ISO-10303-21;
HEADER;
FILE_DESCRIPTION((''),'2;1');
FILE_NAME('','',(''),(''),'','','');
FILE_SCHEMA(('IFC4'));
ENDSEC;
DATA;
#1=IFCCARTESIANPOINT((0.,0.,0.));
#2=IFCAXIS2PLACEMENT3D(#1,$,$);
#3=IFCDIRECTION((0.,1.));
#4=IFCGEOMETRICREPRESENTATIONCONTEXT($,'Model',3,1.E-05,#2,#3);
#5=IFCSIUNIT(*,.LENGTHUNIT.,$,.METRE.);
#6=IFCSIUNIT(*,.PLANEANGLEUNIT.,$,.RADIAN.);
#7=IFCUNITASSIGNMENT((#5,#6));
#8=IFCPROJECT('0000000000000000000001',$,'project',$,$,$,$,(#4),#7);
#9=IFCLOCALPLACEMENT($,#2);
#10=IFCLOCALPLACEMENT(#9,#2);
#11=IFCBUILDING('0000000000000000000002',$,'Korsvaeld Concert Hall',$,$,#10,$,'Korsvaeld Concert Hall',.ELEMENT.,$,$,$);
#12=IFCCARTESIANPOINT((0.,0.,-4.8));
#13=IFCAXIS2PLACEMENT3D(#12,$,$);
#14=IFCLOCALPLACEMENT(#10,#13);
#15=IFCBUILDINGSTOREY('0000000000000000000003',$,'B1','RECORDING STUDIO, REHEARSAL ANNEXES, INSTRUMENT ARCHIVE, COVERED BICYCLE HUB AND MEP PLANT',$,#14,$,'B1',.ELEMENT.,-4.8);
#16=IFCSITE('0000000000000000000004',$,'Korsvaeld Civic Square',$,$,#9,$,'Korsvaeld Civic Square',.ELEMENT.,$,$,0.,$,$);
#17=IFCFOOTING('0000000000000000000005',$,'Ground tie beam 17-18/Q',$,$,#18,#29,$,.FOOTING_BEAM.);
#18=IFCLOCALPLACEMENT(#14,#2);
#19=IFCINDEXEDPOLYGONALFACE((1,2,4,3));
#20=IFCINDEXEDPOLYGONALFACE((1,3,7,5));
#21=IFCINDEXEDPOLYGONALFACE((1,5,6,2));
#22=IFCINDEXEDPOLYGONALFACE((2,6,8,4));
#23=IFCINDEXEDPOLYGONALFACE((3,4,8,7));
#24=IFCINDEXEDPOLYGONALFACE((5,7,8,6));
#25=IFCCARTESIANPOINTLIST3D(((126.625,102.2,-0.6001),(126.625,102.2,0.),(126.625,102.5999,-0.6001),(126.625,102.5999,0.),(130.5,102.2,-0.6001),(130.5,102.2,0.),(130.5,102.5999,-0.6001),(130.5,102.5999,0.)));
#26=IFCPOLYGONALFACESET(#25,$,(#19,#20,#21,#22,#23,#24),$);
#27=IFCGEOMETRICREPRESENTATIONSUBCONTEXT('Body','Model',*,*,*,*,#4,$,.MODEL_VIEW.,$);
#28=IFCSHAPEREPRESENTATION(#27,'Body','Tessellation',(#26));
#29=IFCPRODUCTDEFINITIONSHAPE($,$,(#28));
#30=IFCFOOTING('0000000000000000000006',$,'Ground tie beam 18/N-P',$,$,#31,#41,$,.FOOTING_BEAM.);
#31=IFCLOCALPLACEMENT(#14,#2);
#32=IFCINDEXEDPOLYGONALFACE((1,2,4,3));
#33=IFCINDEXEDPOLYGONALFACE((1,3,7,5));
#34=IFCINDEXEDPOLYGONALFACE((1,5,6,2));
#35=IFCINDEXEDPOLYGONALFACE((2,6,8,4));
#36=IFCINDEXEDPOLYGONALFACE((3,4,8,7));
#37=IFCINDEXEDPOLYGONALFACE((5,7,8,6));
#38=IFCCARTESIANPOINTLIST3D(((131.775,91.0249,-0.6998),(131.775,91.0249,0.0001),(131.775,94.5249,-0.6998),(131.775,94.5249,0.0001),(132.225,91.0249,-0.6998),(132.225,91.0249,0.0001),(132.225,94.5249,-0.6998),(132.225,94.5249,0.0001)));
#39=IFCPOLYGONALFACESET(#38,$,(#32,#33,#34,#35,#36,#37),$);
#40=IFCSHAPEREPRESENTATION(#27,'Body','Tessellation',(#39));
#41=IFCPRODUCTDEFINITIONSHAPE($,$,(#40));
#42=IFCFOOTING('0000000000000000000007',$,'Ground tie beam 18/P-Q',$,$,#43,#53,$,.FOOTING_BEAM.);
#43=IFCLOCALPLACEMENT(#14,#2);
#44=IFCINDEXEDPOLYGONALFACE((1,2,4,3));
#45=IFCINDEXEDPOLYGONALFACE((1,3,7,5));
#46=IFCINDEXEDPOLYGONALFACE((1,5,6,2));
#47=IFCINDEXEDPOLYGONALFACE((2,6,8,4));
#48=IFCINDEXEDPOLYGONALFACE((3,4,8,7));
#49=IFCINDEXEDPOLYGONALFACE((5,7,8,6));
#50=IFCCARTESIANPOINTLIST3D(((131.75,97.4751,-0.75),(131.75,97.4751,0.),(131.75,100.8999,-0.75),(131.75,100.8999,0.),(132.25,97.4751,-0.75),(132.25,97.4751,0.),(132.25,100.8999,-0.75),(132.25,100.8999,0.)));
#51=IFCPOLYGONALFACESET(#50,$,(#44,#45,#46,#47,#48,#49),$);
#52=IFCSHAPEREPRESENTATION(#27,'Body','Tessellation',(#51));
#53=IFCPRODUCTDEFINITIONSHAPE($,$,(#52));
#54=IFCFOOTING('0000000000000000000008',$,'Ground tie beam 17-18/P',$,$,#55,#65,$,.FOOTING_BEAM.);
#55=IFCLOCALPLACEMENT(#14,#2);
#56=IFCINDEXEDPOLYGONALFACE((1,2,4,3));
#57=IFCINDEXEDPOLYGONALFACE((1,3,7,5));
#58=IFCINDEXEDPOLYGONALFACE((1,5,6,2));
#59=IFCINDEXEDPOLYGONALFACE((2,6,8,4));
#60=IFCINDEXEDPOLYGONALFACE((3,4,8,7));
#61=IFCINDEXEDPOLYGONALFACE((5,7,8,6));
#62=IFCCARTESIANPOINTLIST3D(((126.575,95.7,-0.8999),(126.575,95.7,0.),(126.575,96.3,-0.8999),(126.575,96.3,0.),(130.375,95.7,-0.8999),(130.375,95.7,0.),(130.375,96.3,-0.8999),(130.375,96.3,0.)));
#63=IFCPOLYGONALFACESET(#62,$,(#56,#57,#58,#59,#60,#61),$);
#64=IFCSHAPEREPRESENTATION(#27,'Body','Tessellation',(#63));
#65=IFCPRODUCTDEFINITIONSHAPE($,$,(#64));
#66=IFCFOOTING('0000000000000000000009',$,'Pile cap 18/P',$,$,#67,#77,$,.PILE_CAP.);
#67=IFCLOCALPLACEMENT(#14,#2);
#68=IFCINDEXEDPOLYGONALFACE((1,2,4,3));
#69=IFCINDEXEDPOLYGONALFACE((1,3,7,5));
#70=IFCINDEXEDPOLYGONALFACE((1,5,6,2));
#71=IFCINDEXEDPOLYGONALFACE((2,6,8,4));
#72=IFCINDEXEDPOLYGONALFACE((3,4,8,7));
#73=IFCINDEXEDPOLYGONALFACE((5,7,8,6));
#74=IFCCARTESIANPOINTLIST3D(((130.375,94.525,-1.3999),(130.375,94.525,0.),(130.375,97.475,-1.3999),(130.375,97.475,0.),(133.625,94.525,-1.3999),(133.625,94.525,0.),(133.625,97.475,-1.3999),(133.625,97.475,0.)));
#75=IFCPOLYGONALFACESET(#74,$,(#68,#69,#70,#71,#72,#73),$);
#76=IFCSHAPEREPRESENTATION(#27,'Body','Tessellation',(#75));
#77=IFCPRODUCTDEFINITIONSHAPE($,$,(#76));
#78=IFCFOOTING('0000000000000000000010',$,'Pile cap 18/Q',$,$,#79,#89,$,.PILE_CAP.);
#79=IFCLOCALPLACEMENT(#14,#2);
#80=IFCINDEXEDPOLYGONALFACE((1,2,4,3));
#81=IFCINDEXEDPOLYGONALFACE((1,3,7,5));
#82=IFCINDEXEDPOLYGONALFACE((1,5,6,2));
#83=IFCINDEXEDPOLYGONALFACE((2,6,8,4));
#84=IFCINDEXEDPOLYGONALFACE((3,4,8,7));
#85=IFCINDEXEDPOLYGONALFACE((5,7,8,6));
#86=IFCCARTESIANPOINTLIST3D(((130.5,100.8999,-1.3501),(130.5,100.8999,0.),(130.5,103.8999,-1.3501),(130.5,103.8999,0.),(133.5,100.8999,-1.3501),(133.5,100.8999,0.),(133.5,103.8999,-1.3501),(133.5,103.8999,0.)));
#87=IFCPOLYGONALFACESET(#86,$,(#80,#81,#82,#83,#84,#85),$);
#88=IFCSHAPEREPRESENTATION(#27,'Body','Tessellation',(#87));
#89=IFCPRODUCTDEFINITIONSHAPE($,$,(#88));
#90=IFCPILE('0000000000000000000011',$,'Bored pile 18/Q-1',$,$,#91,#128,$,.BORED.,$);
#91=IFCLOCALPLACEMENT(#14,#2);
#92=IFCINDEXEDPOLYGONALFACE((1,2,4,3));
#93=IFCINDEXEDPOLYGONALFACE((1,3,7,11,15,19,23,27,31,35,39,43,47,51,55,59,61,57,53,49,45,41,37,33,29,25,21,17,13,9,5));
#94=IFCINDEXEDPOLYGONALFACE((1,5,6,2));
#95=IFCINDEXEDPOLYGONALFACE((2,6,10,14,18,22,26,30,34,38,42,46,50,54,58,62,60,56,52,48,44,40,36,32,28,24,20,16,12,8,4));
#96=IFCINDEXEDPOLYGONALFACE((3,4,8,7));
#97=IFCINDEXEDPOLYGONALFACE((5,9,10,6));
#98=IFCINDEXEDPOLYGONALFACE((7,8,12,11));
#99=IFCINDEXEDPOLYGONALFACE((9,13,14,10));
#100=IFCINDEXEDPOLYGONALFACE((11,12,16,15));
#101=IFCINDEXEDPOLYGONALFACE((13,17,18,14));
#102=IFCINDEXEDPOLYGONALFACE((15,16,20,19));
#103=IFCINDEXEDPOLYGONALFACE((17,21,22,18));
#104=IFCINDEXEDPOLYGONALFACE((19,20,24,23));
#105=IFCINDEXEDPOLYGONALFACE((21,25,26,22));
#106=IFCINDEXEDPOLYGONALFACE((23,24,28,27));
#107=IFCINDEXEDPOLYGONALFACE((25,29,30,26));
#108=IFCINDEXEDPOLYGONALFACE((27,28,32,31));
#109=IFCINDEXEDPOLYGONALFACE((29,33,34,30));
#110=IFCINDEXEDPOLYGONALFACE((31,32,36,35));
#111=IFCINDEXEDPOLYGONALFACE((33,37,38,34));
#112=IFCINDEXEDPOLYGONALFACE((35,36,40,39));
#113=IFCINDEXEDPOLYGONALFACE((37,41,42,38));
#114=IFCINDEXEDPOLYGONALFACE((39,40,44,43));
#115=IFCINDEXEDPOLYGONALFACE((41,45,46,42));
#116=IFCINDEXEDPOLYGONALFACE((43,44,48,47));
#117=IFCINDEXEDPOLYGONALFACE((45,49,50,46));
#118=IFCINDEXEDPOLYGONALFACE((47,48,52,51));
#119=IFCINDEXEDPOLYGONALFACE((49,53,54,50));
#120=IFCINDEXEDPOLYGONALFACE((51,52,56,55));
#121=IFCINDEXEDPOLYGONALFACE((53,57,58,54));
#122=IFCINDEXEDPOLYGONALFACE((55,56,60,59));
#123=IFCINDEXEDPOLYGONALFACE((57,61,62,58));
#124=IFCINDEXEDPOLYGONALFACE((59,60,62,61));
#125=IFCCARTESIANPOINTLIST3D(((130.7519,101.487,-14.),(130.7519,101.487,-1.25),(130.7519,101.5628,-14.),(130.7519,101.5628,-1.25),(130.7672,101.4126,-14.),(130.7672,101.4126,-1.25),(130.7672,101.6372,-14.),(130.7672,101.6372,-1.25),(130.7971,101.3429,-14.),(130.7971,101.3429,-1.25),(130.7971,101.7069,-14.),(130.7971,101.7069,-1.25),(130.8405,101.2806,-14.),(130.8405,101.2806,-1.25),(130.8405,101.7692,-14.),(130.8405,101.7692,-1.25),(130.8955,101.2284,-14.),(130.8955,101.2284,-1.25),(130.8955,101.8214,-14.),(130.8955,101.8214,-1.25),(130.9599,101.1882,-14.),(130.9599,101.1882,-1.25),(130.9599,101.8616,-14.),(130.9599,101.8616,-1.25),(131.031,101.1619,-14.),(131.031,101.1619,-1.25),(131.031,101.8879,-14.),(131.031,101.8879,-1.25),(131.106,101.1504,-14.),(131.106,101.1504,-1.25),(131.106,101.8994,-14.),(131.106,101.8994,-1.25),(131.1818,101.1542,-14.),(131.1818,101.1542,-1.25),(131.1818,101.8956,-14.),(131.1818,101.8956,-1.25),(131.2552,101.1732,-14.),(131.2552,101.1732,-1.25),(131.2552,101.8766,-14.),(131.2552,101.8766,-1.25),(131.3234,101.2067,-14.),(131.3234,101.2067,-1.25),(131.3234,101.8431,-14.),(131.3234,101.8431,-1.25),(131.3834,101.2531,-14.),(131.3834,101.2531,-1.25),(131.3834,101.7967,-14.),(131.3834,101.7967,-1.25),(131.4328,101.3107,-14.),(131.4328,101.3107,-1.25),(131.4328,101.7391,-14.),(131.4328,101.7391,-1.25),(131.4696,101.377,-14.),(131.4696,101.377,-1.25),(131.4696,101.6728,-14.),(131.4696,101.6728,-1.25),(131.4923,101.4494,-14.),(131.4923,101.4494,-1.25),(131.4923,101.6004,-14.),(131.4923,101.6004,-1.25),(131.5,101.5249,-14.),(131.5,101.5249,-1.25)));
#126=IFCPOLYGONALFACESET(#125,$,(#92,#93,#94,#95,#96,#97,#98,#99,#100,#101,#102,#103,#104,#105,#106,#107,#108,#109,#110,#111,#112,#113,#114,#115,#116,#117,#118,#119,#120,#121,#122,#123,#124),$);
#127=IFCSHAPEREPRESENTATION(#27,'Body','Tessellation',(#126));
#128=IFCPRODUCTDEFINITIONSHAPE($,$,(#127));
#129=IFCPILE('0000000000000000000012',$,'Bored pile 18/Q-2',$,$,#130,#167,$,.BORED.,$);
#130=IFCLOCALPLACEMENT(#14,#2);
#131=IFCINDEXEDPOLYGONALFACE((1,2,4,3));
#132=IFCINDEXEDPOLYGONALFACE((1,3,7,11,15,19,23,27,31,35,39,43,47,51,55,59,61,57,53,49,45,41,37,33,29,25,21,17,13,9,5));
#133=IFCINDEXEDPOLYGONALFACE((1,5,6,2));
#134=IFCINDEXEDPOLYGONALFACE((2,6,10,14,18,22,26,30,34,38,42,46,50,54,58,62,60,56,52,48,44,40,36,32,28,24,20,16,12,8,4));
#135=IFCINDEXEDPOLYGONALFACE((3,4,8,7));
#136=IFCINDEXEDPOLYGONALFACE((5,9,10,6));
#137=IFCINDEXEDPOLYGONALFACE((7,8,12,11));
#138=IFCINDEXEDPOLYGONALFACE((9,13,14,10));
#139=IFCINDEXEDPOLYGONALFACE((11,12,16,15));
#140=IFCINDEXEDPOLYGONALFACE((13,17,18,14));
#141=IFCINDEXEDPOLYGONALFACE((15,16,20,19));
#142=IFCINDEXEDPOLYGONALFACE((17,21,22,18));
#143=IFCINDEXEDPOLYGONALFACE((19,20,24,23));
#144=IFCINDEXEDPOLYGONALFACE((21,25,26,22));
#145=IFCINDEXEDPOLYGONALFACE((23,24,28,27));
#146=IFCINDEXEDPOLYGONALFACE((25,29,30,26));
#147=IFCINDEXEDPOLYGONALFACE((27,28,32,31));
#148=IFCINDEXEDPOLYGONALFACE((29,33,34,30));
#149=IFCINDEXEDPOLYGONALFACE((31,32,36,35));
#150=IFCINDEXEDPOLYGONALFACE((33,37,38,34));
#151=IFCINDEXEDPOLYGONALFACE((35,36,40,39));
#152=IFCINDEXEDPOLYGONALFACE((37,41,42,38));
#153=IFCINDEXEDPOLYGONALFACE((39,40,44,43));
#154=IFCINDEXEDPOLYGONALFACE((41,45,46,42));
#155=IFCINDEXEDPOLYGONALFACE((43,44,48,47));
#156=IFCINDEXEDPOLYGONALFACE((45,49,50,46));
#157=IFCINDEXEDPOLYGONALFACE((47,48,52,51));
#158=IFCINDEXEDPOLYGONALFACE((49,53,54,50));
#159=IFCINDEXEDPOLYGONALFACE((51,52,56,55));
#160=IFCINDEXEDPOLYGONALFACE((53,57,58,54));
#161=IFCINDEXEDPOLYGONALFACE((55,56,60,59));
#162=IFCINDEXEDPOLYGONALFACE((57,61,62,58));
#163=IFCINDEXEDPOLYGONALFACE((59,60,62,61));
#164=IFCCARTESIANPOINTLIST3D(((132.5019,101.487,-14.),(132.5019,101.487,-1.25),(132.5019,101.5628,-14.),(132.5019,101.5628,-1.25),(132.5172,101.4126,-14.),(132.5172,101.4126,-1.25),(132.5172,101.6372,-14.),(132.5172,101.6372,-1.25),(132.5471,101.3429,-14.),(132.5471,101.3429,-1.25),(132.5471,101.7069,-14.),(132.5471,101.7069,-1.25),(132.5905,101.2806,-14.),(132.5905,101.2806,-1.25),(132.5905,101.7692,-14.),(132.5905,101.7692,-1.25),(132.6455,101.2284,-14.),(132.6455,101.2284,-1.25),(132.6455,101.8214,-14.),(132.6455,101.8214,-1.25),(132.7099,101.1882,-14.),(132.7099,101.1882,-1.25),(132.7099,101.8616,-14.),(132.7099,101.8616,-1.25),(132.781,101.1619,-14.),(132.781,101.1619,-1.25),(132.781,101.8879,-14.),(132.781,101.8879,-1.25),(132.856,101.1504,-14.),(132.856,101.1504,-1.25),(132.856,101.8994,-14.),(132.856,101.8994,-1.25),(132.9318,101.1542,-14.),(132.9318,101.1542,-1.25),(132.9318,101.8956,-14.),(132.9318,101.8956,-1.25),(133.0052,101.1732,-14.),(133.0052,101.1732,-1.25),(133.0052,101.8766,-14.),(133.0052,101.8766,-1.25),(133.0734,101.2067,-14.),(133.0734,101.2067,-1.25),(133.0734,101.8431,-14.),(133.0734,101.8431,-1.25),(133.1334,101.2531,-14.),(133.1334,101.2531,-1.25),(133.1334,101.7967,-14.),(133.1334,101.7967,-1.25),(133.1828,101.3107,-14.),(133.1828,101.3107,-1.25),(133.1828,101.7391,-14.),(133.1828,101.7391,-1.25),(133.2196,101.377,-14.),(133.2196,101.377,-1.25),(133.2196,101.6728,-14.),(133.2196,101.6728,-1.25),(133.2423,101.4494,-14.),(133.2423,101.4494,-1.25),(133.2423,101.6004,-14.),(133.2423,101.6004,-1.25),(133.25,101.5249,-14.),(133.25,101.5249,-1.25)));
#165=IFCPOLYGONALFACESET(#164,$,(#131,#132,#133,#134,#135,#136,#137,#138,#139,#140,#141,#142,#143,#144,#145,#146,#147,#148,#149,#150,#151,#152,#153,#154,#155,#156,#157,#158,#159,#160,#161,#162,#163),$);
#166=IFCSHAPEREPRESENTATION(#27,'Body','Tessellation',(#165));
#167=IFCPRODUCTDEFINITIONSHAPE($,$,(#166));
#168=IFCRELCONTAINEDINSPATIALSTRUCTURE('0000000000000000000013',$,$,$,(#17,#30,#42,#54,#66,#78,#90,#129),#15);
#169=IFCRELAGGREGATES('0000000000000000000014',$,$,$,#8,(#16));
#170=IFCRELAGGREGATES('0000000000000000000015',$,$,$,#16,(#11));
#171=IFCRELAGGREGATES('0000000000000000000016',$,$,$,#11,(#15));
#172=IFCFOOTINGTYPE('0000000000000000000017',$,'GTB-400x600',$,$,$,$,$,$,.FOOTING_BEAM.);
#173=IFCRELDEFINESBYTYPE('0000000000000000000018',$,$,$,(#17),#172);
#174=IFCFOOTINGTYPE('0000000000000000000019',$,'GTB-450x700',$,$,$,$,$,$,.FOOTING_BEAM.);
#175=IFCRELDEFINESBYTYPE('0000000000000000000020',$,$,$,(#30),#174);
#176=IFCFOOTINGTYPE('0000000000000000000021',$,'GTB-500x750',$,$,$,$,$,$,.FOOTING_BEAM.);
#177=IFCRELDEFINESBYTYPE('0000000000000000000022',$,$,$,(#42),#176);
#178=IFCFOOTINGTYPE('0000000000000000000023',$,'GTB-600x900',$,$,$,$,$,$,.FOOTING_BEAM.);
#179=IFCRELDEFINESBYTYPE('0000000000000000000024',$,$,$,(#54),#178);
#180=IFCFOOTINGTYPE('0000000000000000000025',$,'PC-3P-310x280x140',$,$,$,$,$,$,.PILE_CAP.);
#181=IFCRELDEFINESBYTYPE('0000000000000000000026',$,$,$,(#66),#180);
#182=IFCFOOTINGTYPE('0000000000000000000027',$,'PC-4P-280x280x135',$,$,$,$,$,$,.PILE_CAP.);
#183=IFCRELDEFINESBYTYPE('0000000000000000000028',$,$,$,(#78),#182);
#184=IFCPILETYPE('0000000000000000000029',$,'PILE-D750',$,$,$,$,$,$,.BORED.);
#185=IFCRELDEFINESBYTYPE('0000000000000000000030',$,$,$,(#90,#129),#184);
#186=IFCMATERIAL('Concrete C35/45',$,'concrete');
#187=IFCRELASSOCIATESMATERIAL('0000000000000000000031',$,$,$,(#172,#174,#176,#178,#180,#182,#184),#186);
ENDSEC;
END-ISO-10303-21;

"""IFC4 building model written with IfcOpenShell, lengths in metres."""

from ifc_helpers import new_model, si_unit, direction, frame, origin, origin_2d, place, context, subcontext, project, spatial, rectangle, circle, extrude, material, material_profile, profile_set, type_object, element, save


model = new_model("IFC4")

# Units and contexts
model_context = context("Model", 3, precision=1e-05, world=origin(), true_north=direction((0.0, 1.0)))
body_context = subcontext(model_context, "Body", "Model", "MODEL_VIEW")
ifc_project = project(units=[si_unit("LENGTHUNIT", "METRE"), si_unit("PLANEANGLEUNIT", "RADIAN")], contexts=[model_context])

# Site, building, storey
site_placement = place(None, origin())
site = spatial("IfcSite", under=ifc_project, at=site_placement, Name="Korsvaeld Civic Square", LongName="Korsvaeld Civic Square", CompositionType="ELEMENT", RefElevation=0.0)
building_placement = place(site_placement, origin())
building = spatial("IfcBuilding", under=site, at=building_placement, Name="Korsvaeld Concert Hall", LongName="Korsvaeld Concert Hall", CompositionType="ELEMENT")
storey_placement = place(building_placement, frame((0.0, 0.0, -4.8)))
storey = spatial("IfcBuildingStorey", under=building, at=storey_placement, Name="B1", Description="RECORDING STUDIO, REHEARSAL ANNEXES, INSTRUMENT ARCHIVE, COVERED BICYCLE HUB AND MEP PLANT", LongName="B1", CompositionType="ELEMENT", Elevation=-4.8)

# Footings
ifc_material_1 = material(Name="Concrete C35/45", Category="concrete")
ifc_material_profile_1 = material_profile(ifc_material_1, rectangle(XDim=0.3999, YDim=0.6001, at=origin_2d()), Name="GTB 400x600")
ifc_profile_set_1 = profile_set([ifc_material_profile_1], Name="Concrete C35/45")
footing_type_1 = type_object("IfcFootingType", Name="GTB-400x600", PredefinedType="FOOTING_BEAM", material=ifc_profile_set_1)
footing_1_placement = place(storey_placement, frame((126.625, 102.3999, -0.3), z_axis=(1.0, 0.0, 0.0), x_axis=(0.0, 1.0, 0.0)))
element("IfcFooting", 1, at=footing_1_placement, inside=storey, type_object=footing_type_1, Name="Ground tie beam 17-18/Q", PredefinedType="FOOTING_BEAM", context=body_context, shape_type="SweptSolid", body=[
    extrude(rectangle(XDim=0.3999, YDim=0.6001, at=origin_2d()), origin(), (0.0, 0.0, 1.0), 3.875),
])
ifc_material_profile_2 = material_profile(ifc_material_1, rectangle(XDim=0.45, YDim=0.7, at=origin_2d()), Name="GTB 450x700")
ifc_profile_set_2 = profile_set([ifc_material_profile_2], Name="Concrete C35/45")
footing_type_2 = type_object("IfcFootingType", Name="GTB-450x700", PredefinedType="FOOTING_BEAM", material=ifc_profile_set_2)
footing_2_placement = place(storey_placement, frame((132.0, 91.0249, -0.3499), z_axis=(0.0, 1.0, 0.0), x_axis=(-1.0, 0.0, 0.0)))
element("IfcFooting", 2, at=footing_2_placement, inside=storey, type_object=footing_type_2, Name="Ground tie beam 18/N-P", PredefinedType="FOOTING_BEAM", context=body_context, shape_type="SweptSolid", body=[
    extrude(rectangle(XDim=0.45, YDim=0.7, at=origin_2d()), origin(), (0.0, 0.0, 1.0), 3.5),
])
ifc_material_profile_3 = material_profile(ifc_material_1, rectangle(XDim=0.5, YDim=0.75, at=origin_2d()), Name="GTB 500x750")
ifc_profile_set_3 = profile_set([ifc_material_profile_3], Name="Concrete C35/45")
footing_type_3 = type_object("IfcFootingType", Name="GTB-500x750", PredefinedType="FOOTING_BEAM", material=ifc_profile_set_3)
footing_3_placement = place(storey_placement, frame((132.0, 97.4751, -0.375), z_axis=(0.0, 1.0, 0.0), x_axis=(-1.0, 0.0, 0.0)))
element("IfcFooting", 3, at=footing_3_placement, inside=storey, type_object=footing_type_3, Name="Ground tie beam 18/P-Q", PredefinedType="FOOTING_BEAM", context=body_context, shape_type="SweptSolid", body=[
    extrude(rectangle(XDim=0.5, YDim=0.75, at=origin_2d()), origin(), (0.0, 0.0, 1.0), 3.4248),
])
ifc_material_profile_4 = material_profile(ifc_material_1, rectangle(XDim=0.6001, YDim=0.8999, at=origin_2d()), Name="GTB 600x900")
ifc_profile_set_4 = profile_set([ifc_material_profile_4], Name="Concrete C35/45")
footing_type_4 = type_object("IfcFootingType", Name="GTB-600x900", PredefinedType="FOOTING_BEAM", material=ifc_profile_set_4)
footing_4_placement = place(storey_placement, frame((126.575, 96.0, -0.45), z_axis=(1.0, 0.0, 0.0), x_axis=(0.0, 1.0, 0.0)))
element("IfcFooting", 4, at=footing_4_placement, inside=storey, type_object=footing_type_4, Name="Ground tie beam 17-18/P", PredefinedType="FOOTING_BEAM", context=body_context, shape_type="SweptSolid", body=[
    extrude(rectangle(XDim=0.6001, YDim=0.8999, at=origin_2d()), origin(), (0.0, 0.0, 1.0), 3.8),
])
footing_type_5 = type_object("IfcFootingType", Name="PC-3P-310x280x140", PredefinedType="PILE_CAP", material=ifc_material_1)
footing_5_placement = place(storey_placement, frame((132.0, 96.0, -1.3999), z_axis=(0.0, 0.0, 1.0), x_axis=(1.0, 0.0, 0.0)))
element("IfcFooting", 5, at=footing_5_placement, inside=storey, type_object=footing_type_5, Name="Pile cap 18/P", PredefinedType="PILE_CAP", context=body_context, shape_type="SweptSolid", body=[
    extrude(rectangle(XDim=3.25, YDim=2.95, at=origin_2d()), origin(), (0.0, 0.0, 1.0), 1.3999),
])
footing_type_6 = type_object("IfcFootingType", Name="PC-4P-280x280x135", PredefinedType="PILE_CAP", material=ifc_material_1)
footing_6_placement = place(storey_placement, frame((132.0, 102.3999, -1.3501), z_axis=(0.0, 0.0, 1.0), x_axis=(1.0, 0.0, 0.0)))
element("IfcFooting", 6, at=footing_6_placement, inside=storey, type_object=footing_type_6, Name="Pile cap 18/Q", PredefinedType="PILE_CAP", context=body_context, shape_type="SweptSolid", body=[
    extrude(rectangle(XDim=3.0, YDim=3.0, at=origin_2d()), origin(), (0.0, 0.0, 1.0), 1.3501),
])

# Piles
ifc_material_profile_5 = material_profile(ifc_material_1, circle(Radius=0.375, at=origin_2d()), Name="BORED PILE D750")
ifc_profile_set_5 = profile_set([ifc_material_profile_5], Name="Concrete C35/45")
pile_type_1 = type_object("IfcPileType", Name="PILE-D750", PredefinedType="BORED", material=ifc_profile_set_5)
for number, where, z_axis, x_axis, name in (
    (7, (131.125, 101.5249, -1.25), (0.0, 0.0, -1.0), (1.0, 0.0, 0.0), "Bored pile 18/Q-1"),
    (8, (132.875, 101.5249, -1.25), (0.0, 0.0, -1.0), (1.0, 0.0, 0.0), "Bored pile 18/Q-2"),
):
    element("IfcPile", number, at=place(storey_placement, frame(where, z_axis=z_axis, x_axis=x_axis)), inside=storey, type_object=pile_type_1, Name=name, PredefinedType="BORED", context=body_context, shape_type="SweptSolid", body=[
        extrude(circle(Radius=0.375, at=origin_2d()), origin(), (0.0, 0.0, 1.0), 12.75),
    ])

save(model, "model.ifc")
